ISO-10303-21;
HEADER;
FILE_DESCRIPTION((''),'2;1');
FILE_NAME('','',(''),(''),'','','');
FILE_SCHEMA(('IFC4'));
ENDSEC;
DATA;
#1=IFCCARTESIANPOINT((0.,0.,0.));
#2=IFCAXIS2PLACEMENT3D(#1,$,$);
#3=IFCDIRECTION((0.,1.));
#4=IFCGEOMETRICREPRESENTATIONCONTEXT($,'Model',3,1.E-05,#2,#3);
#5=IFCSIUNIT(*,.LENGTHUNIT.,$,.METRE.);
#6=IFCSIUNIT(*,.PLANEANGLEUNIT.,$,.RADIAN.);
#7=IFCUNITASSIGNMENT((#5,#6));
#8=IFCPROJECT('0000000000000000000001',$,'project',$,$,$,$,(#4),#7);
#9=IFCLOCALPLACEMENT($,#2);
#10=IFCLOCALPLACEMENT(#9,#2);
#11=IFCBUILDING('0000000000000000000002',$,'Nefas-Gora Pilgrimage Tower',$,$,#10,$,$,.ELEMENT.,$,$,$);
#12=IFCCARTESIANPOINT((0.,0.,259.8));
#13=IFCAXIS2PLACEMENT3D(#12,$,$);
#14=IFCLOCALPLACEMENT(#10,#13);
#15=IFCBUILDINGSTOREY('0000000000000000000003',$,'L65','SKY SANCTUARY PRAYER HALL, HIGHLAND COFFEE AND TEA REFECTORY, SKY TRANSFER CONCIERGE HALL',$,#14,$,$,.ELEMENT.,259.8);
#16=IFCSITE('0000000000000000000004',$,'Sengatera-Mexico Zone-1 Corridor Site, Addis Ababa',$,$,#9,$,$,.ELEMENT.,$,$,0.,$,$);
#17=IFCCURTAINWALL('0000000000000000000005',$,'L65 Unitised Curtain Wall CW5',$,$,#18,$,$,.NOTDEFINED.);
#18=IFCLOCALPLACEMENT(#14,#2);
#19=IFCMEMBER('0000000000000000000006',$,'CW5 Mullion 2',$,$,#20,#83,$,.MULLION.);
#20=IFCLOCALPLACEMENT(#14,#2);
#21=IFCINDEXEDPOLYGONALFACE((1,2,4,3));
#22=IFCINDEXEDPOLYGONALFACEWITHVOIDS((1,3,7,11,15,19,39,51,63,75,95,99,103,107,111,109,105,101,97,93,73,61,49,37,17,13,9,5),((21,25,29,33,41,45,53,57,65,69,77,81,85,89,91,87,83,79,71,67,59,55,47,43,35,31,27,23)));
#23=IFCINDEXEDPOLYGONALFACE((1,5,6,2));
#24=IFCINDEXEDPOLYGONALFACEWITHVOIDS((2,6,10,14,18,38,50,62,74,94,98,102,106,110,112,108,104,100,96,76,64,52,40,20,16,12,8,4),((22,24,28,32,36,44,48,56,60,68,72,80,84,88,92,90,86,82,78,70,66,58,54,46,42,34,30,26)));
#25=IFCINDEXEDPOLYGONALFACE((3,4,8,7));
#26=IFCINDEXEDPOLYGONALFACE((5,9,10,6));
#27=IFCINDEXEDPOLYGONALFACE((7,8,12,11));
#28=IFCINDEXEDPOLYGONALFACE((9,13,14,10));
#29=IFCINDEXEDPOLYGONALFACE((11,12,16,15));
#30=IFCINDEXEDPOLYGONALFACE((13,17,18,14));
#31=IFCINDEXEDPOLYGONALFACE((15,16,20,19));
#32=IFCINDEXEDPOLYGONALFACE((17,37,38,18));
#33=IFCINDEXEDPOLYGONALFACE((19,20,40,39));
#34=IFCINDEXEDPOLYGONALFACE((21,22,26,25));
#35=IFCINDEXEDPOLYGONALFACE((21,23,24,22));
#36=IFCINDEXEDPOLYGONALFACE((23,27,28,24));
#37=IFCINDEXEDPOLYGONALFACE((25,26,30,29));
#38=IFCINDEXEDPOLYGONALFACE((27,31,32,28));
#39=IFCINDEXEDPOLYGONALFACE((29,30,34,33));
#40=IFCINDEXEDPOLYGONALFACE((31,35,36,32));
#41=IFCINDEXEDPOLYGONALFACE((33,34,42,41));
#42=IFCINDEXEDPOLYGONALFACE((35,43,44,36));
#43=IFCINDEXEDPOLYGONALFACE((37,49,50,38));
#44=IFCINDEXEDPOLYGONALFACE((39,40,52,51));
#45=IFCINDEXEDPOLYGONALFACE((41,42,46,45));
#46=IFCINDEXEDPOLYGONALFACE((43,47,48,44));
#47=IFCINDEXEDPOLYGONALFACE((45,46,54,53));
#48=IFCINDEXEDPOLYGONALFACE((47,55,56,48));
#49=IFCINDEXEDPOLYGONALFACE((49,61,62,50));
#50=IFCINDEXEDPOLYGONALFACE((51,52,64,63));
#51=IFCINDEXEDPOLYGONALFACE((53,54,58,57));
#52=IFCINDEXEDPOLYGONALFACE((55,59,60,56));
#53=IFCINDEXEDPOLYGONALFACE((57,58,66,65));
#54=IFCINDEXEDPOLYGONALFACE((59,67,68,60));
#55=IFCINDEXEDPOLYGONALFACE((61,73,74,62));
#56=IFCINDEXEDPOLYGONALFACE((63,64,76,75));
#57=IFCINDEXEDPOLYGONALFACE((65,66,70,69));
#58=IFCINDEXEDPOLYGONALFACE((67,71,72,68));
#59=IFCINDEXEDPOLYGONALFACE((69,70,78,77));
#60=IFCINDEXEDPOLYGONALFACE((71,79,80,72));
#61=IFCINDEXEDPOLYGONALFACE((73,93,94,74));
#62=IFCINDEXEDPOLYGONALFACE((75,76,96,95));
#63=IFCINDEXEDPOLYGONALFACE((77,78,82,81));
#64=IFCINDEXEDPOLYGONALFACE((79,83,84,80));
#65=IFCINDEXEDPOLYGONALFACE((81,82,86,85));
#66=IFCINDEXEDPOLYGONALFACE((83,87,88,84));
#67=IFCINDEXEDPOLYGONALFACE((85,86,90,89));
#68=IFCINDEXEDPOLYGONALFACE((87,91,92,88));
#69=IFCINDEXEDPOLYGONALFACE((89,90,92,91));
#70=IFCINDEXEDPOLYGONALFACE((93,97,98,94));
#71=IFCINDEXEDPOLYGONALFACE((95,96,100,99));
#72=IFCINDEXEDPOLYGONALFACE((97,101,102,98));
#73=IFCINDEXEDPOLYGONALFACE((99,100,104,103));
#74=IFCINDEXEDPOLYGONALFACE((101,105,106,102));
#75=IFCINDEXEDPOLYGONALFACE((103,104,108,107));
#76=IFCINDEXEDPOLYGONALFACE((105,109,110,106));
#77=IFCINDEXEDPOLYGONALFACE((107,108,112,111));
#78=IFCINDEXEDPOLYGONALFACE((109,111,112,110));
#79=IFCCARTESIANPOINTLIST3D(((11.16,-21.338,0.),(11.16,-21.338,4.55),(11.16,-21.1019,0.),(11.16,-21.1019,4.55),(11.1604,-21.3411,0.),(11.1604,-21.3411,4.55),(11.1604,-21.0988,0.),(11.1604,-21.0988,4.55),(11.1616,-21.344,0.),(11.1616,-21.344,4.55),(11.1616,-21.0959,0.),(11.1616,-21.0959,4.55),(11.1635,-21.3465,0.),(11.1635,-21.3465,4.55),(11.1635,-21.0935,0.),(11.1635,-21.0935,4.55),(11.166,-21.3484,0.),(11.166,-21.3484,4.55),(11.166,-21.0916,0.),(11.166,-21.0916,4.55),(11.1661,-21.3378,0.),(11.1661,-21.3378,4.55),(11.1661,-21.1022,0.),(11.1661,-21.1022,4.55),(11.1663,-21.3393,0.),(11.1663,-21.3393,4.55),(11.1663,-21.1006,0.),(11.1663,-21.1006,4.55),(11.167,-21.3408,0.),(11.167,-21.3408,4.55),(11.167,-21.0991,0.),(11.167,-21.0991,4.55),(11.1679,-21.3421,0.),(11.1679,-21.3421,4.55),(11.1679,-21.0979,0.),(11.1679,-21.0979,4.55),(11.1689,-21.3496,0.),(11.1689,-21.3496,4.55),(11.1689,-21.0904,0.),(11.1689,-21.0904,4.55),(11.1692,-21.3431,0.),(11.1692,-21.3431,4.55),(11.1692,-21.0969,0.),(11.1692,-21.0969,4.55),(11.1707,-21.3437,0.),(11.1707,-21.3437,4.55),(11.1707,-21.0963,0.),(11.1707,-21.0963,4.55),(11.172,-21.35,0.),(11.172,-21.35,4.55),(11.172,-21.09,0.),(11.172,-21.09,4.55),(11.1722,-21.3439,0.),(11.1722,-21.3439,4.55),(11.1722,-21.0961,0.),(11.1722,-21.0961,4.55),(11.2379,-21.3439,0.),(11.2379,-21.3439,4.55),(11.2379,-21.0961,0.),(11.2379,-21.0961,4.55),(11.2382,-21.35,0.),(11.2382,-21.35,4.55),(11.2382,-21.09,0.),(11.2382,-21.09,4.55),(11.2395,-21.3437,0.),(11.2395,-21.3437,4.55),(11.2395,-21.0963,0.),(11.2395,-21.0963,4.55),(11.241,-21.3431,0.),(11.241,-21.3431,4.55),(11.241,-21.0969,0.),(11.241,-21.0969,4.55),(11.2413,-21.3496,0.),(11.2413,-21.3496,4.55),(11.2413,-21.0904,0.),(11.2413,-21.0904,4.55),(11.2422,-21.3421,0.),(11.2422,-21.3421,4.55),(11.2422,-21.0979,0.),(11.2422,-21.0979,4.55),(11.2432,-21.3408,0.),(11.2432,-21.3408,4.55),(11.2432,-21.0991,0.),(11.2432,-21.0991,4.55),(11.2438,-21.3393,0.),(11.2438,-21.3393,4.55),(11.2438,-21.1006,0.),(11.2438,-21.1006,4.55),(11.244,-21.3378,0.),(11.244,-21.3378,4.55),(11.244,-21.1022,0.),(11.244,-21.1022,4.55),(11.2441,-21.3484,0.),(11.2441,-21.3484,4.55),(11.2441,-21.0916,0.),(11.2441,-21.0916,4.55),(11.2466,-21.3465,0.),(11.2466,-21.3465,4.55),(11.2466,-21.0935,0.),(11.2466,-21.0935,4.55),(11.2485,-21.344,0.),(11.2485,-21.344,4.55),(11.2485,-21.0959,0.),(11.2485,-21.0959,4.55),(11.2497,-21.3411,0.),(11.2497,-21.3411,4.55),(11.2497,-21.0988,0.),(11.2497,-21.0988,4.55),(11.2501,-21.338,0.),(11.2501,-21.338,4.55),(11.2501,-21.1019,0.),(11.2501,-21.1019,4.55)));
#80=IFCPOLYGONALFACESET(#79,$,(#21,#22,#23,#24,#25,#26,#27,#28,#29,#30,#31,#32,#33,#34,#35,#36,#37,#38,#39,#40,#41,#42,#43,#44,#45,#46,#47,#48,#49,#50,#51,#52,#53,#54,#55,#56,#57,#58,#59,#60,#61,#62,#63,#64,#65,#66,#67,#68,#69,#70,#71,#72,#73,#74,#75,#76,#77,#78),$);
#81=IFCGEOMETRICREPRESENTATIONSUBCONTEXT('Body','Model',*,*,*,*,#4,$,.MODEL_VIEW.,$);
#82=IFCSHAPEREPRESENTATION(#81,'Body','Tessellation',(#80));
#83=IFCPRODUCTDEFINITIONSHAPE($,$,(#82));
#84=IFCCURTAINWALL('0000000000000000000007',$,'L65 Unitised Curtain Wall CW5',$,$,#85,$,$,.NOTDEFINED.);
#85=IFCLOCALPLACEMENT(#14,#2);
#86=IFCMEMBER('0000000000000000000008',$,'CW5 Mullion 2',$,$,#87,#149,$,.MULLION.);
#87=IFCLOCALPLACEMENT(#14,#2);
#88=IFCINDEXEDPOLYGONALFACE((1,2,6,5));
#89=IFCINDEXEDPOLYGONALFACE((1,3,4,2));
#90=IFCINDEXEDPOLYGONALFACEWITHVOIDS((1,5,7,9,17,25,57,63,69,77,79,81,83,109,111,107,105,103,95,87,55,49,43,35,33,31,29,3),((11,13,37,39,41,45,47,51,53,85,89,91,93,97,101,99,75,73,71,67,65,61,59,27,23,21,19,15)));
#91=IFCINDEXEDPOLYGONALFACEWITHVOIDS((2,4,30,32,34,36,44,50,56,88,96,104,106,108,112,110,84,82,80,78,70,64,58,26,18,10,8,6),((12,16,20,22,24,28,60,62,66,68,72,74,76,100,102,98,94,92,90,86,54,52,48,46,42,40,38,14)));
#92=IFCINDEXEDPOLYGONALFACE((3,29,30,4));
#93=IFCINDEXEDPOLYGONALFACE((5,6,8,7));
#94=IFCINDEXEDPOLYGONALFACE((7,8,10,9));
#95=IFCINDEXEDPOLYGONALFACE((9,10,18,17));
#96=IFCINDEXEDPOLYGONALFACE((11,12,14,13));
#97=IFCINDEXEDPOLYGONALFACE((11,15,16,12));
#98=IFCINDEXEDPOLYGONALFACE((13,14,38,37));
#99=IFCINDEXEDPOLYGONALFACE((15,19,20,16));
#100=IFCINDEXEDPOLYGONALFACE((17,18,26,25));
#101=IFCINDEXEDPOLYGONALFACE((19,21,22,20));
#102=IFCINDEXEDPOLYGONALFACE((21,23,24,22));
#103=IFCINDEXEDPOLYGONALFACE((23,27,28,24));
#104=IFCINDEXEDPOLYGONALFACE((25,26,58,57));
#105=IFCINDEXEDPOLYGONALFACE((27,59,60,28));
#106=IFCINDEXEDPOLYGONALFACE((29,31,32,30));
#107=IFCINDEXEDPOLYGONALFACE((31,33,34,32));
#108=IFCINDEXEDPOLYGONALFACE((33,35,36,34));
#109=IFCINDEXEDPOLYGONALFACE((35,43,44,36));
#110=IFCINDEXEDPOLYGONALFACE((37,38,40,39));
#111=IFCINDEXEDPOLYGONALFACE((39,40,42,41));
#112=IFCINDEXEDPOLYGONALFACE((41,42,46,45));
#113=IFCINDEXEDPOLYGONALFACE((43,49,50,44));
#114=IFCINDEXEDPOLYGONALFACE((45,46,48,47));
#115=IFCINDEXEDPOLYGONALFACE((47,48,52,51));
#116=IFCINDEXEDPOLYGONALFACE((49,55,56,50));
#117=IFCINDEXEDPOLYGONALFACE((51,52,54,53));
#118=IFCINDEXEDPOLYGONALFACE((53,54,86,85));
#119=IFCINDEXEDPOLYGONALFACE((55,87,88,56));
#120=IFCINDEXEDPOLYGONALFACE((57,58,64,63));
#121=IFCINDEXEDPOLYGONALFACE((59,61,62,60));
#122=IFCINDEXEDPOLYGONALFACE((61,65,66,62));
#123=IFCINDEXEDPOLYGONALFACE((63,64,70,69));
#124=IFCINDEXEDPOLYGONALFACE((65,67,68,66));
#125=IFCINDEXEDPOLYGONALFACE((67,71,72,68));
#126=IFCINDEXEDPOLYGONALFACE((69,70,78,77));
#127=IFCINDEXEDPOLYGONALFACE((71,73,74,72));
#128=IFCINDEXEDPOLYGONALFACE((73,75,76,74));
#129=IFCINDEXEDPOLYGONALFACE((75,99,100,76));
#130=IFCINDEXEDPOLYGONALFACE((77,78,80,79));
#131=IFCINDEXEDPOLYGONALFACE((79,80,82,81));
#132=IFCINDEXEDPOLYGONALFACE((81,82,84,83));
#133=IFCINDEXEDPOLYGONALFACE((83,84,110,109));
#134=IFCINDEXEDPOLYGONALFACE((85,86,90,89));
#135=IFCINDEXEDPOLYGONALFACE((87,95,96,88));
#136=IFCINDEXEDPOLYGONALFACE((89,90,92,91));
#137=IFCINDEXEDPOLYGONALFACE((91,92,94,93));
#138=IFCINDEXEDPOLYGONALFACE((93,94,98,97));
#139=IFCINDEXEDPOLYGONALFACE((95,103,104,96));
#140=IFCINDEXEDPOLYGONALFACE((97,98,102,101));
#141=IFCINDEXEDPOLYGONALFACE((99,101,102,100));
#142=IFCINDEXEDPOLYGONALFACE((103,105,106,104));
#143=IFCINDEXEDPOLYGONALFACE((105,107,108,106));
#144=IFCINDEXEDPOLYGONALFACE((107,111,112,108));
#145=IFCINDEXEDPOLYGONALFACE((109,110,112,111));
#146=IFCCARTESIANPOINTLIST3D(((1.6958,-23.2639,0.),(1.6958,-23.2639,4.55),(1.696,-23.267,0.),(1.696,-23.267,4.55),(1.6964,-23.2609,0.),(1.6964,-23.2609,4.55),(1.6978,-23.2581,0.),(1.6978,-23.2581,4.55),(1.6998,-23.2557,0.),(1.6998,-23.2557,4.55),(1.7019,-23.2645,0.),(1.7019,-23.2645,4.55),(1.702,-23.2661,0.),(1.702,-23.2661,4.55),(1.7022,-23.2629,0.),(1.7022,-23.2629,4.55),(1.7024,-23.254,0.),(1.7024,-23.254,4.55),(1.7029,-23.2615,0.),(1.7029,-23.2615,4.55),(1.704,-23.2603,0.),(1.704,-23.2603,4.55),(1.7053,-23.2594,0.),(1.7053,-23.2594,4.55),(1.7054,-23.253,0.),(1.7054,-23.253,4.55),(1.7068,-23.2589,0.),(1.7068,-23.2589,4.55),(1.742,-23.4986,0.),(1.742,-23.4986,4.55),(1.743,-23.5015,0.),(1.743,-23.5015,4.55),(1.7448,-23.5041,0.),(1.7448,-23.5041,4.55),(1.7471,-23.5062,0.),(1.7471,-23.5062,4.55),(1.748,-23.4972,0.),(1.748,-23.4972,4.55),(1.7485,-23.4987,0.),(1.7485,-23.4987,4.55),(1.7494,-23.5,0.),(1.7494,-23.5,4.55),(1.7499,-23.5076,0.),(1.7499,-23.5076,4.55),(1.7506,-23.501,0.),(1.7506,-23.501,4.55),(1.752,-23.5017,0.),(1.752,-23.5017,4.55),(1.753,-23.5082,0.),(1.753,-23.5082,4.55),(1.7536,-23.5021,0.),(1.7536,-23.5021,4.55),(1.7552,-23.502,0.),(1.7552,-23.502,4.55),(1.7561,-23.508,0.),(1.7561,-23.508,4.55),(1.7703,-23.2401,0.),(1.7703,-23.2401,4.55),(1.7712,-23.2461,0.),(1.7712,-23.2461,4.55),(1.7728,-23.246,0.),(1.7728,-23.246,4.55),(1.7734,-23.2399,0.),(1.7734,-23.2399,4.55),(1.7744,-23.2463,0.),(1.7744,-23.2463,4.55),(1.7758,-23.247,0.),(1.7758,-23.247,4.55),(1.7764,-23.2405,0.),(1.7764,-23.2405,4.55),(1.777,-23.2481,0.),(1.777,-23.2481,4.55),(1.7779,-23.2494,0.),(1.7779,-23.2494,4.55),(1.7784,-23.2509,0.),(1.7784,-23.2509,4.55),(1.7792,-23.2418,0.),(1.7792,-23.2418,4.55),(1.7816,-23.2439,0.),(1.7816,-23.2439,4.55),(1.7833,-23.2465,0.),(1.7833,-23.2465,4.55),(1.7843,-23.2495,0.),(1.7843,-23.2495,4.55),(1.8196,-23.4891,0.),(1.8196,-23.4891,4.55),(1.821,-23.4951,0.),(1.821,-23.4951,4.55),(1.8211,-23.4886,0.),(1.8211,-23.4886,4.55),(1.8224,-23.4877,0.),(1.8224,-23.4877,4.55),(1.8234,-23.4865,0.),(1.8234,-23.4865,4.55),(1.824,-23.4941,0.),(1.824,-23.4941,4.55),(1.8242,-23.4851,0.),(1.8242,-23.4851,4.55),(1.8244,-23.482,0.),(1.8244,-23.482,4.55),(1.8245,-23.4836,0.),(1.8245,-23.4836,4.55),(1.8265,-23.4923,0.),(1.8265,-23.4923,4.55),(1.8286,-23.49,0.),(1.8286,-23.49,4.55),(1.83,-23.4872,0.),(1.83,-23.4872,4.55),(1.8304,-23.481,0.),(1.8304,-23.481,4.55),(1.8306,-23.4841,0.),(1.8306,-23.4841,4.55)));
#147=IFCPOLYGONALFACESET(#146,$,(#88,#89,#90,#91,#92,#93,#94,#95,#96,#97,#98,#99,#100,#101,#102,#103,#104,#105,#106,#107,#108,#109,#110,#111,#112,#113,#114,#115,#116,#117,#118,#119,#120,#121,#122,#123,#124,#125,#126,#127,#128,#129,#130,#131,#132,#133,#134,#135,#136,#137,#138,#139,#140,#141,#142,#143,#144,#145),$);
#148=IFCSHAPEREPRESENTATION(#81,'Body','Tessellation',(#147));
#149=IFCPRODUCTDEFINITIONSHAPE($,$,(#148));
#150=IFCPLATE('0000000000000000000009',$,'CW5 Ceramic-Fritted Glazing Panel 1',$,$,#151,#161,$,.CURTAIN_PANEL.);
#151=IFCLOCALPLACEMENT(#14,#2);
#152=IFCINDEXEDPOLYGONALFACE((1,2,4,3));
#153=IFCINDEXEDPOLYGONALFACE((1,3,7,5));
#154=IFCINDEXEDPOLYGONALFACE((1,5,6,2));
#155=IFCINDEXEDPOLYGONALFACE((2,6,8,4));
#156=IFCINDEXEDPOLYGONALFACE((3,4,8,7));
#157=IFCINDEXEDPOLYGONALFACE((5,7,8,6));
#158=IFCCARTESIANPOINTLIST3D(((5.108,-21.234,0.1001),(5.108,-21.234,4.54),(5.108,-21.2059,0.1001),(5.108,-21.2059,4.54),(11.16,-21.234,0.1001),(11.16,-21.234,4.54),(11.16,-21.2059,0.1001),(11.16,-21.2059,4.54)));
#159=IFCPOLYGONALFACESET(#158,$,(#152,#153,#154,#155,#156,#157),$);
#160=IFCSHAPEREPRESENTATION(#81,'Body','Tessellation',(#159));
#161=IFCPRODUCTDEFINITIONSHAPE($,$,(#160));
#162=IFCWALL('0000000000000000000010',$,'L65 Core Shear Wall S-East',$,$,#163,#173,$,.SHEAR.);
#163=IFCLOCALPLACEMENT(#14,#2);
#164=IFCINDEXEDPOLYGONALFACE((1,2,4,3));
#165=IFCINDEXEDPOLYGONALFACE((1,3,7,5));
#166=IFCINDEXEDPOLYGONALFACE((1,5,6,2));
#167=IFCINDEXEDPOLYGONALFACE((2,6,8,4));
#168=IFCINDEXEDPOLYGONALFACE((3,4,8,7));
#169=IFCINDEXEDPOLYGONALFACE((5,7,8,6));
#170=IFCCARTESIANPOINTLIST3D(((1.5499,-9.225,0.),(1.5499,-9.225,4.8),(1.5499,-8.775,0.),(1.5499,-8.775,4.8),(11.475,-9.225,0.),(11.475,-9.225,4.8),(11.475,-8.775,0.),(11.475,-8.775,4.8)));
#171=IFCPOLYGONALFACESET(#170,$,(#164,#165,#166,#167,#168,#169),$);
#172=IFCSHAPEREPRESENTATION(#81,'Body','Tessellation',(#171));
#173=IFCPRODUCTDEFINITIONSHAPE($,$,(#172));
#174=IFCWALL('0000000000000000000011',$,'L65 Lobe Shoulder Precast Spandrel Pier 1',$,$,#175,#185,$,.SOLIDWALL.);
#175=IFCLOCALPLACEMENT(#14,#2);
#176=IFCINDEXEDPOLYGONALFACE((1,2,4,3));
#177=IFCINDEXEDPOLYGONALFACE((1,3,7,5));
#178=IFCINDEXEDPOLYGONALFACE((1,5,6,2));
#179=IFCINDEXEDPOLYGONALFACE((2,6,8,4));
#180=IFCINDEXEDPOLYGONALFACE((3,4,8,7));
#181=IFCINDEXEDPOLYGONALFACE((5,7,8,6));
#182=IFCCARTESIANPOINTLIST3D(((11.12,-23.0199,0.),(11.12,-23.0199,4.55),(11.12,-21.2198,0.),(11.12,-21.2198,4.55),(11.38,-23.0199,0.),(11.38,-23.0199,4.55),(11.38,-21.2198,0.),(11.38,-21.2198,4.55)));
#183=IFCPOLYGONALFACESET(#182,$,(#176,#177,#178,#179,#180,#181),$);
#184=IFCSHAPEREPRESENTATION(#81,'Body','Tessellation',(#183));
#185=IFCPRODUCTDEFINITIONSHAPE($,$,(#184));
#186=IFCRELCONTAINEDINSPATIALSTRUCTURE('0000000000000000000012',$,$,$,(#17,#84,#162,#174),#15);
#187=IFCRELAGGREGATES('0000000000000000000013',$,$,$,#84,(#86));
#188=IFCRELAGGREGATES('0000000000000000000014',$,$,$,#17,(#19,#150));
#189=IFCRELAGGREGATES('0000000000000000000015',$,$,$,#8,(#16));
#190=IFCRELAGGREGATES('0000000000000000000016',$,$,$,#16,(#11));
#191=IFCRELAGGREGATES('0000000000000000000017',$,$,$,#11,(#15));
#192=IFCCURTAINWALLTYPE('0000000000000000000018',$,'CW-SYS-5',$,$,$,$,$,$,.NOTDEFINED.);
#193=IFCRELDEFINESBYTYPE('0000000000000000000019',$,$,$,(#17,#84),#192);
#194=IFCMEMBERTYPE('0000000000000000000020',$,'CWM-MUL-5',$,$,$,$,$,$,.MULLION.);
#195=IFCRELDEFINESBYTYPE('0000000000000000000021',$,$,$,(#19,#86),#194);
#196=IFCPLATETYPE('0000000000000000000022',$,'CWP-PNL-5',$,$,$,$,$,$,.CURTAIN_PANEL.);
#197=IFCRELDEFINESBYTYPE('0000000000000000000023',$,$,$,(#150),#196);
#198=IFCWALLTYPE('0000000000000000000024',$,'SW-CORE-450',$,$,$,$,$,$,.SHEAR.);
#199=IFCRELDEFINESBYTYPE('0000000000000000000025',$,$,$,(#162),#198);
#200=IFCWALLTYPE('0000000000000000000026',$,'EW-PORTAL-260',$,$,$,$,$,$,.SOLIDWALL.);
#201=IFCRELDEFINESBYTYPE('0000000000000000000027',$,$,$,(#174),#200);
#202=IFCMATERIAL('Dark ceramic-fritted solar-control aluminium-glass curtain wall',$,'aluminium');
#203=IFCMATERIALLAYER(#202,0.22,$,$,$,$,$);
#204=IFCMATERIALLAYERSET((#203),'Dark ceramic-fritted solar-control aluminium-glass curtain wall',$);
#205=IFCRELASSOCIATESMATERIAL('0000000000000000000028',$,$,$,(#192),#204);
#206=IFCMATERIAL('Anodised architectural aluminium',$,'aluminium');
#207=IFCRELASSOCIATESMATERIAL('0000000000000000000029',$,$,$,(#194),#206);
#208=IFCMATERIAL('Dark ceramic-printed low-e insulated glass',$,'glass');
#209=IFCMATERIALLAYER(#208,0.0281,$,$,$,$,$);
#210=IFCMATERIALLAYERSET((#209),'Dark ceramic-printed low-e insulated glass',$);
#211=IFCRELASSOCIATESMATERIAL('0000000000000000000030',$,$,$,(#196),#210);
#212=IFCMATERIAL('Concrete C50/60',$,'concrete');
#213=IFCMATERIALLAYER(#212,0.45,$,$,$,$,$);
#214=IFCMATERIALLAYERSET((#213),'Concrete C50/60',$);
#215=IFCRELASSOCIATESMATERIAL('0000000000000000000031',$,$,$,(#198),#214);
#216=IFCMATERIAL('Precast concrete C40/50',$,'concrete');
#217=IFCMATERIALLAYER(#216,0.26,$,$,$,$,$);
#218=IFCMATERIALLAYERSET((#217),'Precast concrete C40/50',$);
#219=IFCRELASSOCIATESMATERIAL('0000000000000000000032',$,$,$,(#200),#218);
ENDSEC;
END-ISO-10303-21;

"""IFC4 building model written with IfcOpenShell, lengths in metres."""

from ifc_helpers import new_model, si_unit, direction, frame, frame_2d, origin, origin_2d, place, context, subcontext, project, spatial, rectangle, hollow_rectangle, extrude, source, transform, mapped, material, layer, layer_set, material_profile, profile_set, type_object, element, aggregate, save


model = new_model("IFC4")

# Units and contexts
model_context = context("Model", 3, precision=1e-05, world=origin(), true_north=direction((0.0, 1.0)))
body_context = subcontext(model_context, "Body", "Model", "MODEL_VIEW")
ifc_project = project(units=[si_unit("LENGTHUNIT", "METRE"), si_unit("PLANEANGLEUNIT", "RADIAN")], contexts=[model_context])

# Site, building, storey
site_placement = place(None, origin())
site = spatial("IfcSite", under=ifc_project, at=site_placement, Name="Sengatera-Mexico Zone-1 Corridor Site, Addis Ababa", CompositionType="ELEMENT", RefElevation=0.0)
building_placement = place(site_placement, origin())
building = spatial("IfcBuilding", under=site, at=building_placement, Name="Nefas-Gora Pilgrimage Tower", CompositionType="ELEMENT")
storey_placement = place(building_placement, frame((0.0, 0.0, 259.8)))
storey = spatial("IfcBuildingStorey", under=building, at=storey_placement, Name="L65", Description="SKY SANCTUARY PRAYER HALL, HIGHLAND COFFEE AND TEA REFECTORY, SKY TRANSFER CONCIERGE HALL", CompositionType="ELEMENT", Elevation=259.8)

# Curtain wall, member
ifc_material_1 = material(Name="Dark ceramic-fritted solar-control aluminium-glass curtain wall", Category="aluminium")
ifc_layer_1 = layer(ifc_material_1, 0.22)
ifc_layer_set_1 = layer_set([ifc_layer_1], Name="Dark ceramic-fritted solar-control aluminium-glass curtain wall")
curtain_wall_type = type_object("IfcCurtainWallType", Name="CW-SYS-5", PredefinedType="NOTDEFINED", material=ifc_layer_set_1)
curtain_wall_1_placement = place(storey_placement, origin())
curtain_wall_1 = element("IfcCurtainWall", 1, at=curtain_wall_1_placement, inside=storey, type_object=curtain_wall_type, Name="L65 Unitised Curtain Wall CW5", PredefinedType="NOTDEFINED")
ifc_material_2 = material(Name="Anodised architectural aluminium", Category="aluminium")
ifc_material_profile_1 = material_profile(ifc_material_2, hollow_rectangle(XDim=0.0901, YDim=0.26, WallThickness=0.0061, InnerFilletRadius=0.0061, OuterFilletRadius=0.012, at=origin_2d()), Name="ALU MULLION 90x260")
ifc_profile_set_1 = profile_set([ifc_material_profile_1], Name="Anodised architectural aluminium")
member_type_1 = type_object("IfcMemberType", Name="CWM-MUL-5", PredefinedType="MULLION", material=ifc_profile_set_1)
shared_shape_1 = source(origin(), body_context, "Body", "SweptSolid", [
    extrude(hollow_rectangle(XDim=0.0901, YDim=0.26, WallThickness=0.0061, InnerFilletRadius=0.0061, OuterFilletRadius=0.012, at=origin_2d()), origin(), (0.0, 0.0, 1.0), 4.55),
])
member_1_placement = place(storey_placement, frame((11.2051, -21.22, 0.0), z_axis=(0.0, 0.0, 1.0), x_axis=(1.0, 0.0, 0.0)))
member_1 = element("IfcMember", 2, at=member_1_placement, type_object=member_type_1, Name="CW5 Mullion 2", PredefinedType="MULLION", context=body_context, shape_type="MappedRepresentation", body=[
    mapped(shared_shape_1, transform((0.0, 0.0, 0.0), x_axis=(1.0, 0.0, 0.0), y_axis=(0.0, 1.0, 0.0), z_axis=(0.0, 0.0, 1.0), scale=1.0)),
])

# Curtain wall, member
curtain_wall_2_placement = place(storey_placement, origin())
curtain_wall_2 = element("IfcCurtainWall", 3, at=curtain_wall_2_placement, inside=storey, type_object=curtain_wall_type, Name="L65 Unitised Curtain Wall CW5", PredefinedType="NOTDEFINED")
member_2_placement = place(storey_placement, frame((1.7632, -23.374, 0.0), z_axis=(0.0, 0.0, 1.0), x_axis=(0.980783, 0.195102, 0.0)))
member_2 = element("IfcMember", 4, at=member_2_placement, type_object=member_type_1, Name="CW5 Mullion 2", PredefinedType="MULLION", context=body_context, shape_type="MappedRepresentation", body=[
    mapped(shared_shape_1, transform((0.0, 0.0, 0.0), x_axis=(1.0, 0.0, 0.0), y_axis=(0.0, 1.0, 0.0), z_axis=(0.0, 0.0, 1.0), scale=1.0)),
])
aggregate(curtain_wall_2, [member_2])

# Plate
ifc_material_3 = material(Name="Dark ceramic-printed low-e insulated glass", Category="glass")
ifc_layer_2 = layer(ifc_material_3, 0.0281)
ifc_layer_set_2 = layer_set([ifc_layer_2], Name="Dark ceramic-printed low-e insulated glass")
plate_type = type_object("IfcPlateType", Name="CWP-PNL-5", PredefinedType="CURTAIN_PANEL", material=ifc_layer_set_2)
shared_shape_2 = source(origin(), body_context, "Body", "SweptSolid", [
    extrude(rectangle(XDim=6.052, YDim=0.0281, at=origin_2d()), origin(), (0.0, 0.0, 1.0), 4.4399),
])
plate_placement = place(storey_placement, frame((8.134, -21.22, 0.1001), z_axis=(0.0, 0.0, 1.0), x_axis=(1.0, 0.0, 0.0)))
plate = element("IfcPlate", 5, at=plate_placement, type_object=plate_type, Name="CW5 Ceramic-Fritted Glazing Panel 1", PredefinedType="CURTAIN_PANEL", context=body_context, shape_type="MappedRepresentation", body=[
    mapped(shared_shape_2, transform((0.0, 0.0, 0.0), x_axis=(1.0, 0.0, 0.0), y_axis=(0.0, 1.0, 0.0), z_axis=(0.0, 0.0, 1.0), scale=1.0)),
])
aggregate(curtain_wall_1, [member_1, plate])

# Walls
ifc_material_4 = material(Name="Concrete C50/60", Category="concrete")
ifc_layer_3 = layer(ifc_material_4, 0.45)
ifc_layer_set_3 = layer_set([ifc_layer_3], Name="Concrete C50/60")
wall_type_1 = type_object("IfcWallType", Name="SW-CORE-450", PredefinedType="SHEAR", material=ifc_layer_set_3)
shared_shape_3 = source(origin(), body_context, "Body", "SweptSolid", [
    extrude(rectangle(XDim=9.925, YDim=0.45, at=frame_2d((4.9624, 0.0))), origin(), (0.0, 0.0, 1.0), 4.8),
])
wall_1_placement = place(storey_placement, frame((1.55, -9.0, 0.0), z_axis=(0.0, 0.0, 1.0), x_axis=(1.0, 0.0, 0.0)))
element("IfcWall", 6, at=wall_1_placement, inside=storey, type_object=wall_type_1, Name="L65 Core Shear Wall S-East", PredefinedType="SHEAR", context=body_context, shape_type="MappedRepresentation", body=[
    mapped(shared_shape_3, transform((0.0, 0.0, 0.0), x_axis=(1.0, 0.0, 0.0), y_axis=(0.0, 1.0, 0.0), z_axis=(0.0, 0.0, 1.0), scale=1.0)),
])
ifc_material_5 = material(Name="Precast concrete C40/50", Category="concrete")
ifc_layer_4 = layer(ifc_material_5, 0.26)
ifc_layer_set_4 = layer_set([ifc_layer_4], Name="Precast concrete C40/50")
wall_type_2 = type_object("IfcWallType", Name="EW-PORTAL-260", PredefinedType="SOLIDWALL", material=ifc_layer_set_4)
shared_shape_4 = source(origin(), body_context, "Body", "SweptSolid", [
    extrude(rectangle(XDim=1.8, YDim=0.26, at=frame_2d((0.8999, 0.0))), origin(), (0.0, 0.0, 1.0), 4.55),
])
wall_2_placement = place(storey_placement, frame((11.25, -21.22, 0.0), z_axis=(0.0, 0.0, 1.0), x_axis=(0.0, -1.0, 0.0)))
element("IfcWall", 7, at=wall_2_placement, inside=storey, type_object=wall_type_2, Name="L65 Lobe Shoulder Precast Spandrel Pier 1", PredefinedType="SOLIDWALL", context=body_context, shape_type="MappedRepresentation", body=[
    mapped(shared_shape_4, transform((0.0, 0.0, 0.0), x_axis=(1.0, 0.0, 0.0), y_axis=(0.0, 1.0, 0.0), z_axis=(0.0, 0.0, 1.0), scale=1.0)),
])

save(model, "model.ifc")
